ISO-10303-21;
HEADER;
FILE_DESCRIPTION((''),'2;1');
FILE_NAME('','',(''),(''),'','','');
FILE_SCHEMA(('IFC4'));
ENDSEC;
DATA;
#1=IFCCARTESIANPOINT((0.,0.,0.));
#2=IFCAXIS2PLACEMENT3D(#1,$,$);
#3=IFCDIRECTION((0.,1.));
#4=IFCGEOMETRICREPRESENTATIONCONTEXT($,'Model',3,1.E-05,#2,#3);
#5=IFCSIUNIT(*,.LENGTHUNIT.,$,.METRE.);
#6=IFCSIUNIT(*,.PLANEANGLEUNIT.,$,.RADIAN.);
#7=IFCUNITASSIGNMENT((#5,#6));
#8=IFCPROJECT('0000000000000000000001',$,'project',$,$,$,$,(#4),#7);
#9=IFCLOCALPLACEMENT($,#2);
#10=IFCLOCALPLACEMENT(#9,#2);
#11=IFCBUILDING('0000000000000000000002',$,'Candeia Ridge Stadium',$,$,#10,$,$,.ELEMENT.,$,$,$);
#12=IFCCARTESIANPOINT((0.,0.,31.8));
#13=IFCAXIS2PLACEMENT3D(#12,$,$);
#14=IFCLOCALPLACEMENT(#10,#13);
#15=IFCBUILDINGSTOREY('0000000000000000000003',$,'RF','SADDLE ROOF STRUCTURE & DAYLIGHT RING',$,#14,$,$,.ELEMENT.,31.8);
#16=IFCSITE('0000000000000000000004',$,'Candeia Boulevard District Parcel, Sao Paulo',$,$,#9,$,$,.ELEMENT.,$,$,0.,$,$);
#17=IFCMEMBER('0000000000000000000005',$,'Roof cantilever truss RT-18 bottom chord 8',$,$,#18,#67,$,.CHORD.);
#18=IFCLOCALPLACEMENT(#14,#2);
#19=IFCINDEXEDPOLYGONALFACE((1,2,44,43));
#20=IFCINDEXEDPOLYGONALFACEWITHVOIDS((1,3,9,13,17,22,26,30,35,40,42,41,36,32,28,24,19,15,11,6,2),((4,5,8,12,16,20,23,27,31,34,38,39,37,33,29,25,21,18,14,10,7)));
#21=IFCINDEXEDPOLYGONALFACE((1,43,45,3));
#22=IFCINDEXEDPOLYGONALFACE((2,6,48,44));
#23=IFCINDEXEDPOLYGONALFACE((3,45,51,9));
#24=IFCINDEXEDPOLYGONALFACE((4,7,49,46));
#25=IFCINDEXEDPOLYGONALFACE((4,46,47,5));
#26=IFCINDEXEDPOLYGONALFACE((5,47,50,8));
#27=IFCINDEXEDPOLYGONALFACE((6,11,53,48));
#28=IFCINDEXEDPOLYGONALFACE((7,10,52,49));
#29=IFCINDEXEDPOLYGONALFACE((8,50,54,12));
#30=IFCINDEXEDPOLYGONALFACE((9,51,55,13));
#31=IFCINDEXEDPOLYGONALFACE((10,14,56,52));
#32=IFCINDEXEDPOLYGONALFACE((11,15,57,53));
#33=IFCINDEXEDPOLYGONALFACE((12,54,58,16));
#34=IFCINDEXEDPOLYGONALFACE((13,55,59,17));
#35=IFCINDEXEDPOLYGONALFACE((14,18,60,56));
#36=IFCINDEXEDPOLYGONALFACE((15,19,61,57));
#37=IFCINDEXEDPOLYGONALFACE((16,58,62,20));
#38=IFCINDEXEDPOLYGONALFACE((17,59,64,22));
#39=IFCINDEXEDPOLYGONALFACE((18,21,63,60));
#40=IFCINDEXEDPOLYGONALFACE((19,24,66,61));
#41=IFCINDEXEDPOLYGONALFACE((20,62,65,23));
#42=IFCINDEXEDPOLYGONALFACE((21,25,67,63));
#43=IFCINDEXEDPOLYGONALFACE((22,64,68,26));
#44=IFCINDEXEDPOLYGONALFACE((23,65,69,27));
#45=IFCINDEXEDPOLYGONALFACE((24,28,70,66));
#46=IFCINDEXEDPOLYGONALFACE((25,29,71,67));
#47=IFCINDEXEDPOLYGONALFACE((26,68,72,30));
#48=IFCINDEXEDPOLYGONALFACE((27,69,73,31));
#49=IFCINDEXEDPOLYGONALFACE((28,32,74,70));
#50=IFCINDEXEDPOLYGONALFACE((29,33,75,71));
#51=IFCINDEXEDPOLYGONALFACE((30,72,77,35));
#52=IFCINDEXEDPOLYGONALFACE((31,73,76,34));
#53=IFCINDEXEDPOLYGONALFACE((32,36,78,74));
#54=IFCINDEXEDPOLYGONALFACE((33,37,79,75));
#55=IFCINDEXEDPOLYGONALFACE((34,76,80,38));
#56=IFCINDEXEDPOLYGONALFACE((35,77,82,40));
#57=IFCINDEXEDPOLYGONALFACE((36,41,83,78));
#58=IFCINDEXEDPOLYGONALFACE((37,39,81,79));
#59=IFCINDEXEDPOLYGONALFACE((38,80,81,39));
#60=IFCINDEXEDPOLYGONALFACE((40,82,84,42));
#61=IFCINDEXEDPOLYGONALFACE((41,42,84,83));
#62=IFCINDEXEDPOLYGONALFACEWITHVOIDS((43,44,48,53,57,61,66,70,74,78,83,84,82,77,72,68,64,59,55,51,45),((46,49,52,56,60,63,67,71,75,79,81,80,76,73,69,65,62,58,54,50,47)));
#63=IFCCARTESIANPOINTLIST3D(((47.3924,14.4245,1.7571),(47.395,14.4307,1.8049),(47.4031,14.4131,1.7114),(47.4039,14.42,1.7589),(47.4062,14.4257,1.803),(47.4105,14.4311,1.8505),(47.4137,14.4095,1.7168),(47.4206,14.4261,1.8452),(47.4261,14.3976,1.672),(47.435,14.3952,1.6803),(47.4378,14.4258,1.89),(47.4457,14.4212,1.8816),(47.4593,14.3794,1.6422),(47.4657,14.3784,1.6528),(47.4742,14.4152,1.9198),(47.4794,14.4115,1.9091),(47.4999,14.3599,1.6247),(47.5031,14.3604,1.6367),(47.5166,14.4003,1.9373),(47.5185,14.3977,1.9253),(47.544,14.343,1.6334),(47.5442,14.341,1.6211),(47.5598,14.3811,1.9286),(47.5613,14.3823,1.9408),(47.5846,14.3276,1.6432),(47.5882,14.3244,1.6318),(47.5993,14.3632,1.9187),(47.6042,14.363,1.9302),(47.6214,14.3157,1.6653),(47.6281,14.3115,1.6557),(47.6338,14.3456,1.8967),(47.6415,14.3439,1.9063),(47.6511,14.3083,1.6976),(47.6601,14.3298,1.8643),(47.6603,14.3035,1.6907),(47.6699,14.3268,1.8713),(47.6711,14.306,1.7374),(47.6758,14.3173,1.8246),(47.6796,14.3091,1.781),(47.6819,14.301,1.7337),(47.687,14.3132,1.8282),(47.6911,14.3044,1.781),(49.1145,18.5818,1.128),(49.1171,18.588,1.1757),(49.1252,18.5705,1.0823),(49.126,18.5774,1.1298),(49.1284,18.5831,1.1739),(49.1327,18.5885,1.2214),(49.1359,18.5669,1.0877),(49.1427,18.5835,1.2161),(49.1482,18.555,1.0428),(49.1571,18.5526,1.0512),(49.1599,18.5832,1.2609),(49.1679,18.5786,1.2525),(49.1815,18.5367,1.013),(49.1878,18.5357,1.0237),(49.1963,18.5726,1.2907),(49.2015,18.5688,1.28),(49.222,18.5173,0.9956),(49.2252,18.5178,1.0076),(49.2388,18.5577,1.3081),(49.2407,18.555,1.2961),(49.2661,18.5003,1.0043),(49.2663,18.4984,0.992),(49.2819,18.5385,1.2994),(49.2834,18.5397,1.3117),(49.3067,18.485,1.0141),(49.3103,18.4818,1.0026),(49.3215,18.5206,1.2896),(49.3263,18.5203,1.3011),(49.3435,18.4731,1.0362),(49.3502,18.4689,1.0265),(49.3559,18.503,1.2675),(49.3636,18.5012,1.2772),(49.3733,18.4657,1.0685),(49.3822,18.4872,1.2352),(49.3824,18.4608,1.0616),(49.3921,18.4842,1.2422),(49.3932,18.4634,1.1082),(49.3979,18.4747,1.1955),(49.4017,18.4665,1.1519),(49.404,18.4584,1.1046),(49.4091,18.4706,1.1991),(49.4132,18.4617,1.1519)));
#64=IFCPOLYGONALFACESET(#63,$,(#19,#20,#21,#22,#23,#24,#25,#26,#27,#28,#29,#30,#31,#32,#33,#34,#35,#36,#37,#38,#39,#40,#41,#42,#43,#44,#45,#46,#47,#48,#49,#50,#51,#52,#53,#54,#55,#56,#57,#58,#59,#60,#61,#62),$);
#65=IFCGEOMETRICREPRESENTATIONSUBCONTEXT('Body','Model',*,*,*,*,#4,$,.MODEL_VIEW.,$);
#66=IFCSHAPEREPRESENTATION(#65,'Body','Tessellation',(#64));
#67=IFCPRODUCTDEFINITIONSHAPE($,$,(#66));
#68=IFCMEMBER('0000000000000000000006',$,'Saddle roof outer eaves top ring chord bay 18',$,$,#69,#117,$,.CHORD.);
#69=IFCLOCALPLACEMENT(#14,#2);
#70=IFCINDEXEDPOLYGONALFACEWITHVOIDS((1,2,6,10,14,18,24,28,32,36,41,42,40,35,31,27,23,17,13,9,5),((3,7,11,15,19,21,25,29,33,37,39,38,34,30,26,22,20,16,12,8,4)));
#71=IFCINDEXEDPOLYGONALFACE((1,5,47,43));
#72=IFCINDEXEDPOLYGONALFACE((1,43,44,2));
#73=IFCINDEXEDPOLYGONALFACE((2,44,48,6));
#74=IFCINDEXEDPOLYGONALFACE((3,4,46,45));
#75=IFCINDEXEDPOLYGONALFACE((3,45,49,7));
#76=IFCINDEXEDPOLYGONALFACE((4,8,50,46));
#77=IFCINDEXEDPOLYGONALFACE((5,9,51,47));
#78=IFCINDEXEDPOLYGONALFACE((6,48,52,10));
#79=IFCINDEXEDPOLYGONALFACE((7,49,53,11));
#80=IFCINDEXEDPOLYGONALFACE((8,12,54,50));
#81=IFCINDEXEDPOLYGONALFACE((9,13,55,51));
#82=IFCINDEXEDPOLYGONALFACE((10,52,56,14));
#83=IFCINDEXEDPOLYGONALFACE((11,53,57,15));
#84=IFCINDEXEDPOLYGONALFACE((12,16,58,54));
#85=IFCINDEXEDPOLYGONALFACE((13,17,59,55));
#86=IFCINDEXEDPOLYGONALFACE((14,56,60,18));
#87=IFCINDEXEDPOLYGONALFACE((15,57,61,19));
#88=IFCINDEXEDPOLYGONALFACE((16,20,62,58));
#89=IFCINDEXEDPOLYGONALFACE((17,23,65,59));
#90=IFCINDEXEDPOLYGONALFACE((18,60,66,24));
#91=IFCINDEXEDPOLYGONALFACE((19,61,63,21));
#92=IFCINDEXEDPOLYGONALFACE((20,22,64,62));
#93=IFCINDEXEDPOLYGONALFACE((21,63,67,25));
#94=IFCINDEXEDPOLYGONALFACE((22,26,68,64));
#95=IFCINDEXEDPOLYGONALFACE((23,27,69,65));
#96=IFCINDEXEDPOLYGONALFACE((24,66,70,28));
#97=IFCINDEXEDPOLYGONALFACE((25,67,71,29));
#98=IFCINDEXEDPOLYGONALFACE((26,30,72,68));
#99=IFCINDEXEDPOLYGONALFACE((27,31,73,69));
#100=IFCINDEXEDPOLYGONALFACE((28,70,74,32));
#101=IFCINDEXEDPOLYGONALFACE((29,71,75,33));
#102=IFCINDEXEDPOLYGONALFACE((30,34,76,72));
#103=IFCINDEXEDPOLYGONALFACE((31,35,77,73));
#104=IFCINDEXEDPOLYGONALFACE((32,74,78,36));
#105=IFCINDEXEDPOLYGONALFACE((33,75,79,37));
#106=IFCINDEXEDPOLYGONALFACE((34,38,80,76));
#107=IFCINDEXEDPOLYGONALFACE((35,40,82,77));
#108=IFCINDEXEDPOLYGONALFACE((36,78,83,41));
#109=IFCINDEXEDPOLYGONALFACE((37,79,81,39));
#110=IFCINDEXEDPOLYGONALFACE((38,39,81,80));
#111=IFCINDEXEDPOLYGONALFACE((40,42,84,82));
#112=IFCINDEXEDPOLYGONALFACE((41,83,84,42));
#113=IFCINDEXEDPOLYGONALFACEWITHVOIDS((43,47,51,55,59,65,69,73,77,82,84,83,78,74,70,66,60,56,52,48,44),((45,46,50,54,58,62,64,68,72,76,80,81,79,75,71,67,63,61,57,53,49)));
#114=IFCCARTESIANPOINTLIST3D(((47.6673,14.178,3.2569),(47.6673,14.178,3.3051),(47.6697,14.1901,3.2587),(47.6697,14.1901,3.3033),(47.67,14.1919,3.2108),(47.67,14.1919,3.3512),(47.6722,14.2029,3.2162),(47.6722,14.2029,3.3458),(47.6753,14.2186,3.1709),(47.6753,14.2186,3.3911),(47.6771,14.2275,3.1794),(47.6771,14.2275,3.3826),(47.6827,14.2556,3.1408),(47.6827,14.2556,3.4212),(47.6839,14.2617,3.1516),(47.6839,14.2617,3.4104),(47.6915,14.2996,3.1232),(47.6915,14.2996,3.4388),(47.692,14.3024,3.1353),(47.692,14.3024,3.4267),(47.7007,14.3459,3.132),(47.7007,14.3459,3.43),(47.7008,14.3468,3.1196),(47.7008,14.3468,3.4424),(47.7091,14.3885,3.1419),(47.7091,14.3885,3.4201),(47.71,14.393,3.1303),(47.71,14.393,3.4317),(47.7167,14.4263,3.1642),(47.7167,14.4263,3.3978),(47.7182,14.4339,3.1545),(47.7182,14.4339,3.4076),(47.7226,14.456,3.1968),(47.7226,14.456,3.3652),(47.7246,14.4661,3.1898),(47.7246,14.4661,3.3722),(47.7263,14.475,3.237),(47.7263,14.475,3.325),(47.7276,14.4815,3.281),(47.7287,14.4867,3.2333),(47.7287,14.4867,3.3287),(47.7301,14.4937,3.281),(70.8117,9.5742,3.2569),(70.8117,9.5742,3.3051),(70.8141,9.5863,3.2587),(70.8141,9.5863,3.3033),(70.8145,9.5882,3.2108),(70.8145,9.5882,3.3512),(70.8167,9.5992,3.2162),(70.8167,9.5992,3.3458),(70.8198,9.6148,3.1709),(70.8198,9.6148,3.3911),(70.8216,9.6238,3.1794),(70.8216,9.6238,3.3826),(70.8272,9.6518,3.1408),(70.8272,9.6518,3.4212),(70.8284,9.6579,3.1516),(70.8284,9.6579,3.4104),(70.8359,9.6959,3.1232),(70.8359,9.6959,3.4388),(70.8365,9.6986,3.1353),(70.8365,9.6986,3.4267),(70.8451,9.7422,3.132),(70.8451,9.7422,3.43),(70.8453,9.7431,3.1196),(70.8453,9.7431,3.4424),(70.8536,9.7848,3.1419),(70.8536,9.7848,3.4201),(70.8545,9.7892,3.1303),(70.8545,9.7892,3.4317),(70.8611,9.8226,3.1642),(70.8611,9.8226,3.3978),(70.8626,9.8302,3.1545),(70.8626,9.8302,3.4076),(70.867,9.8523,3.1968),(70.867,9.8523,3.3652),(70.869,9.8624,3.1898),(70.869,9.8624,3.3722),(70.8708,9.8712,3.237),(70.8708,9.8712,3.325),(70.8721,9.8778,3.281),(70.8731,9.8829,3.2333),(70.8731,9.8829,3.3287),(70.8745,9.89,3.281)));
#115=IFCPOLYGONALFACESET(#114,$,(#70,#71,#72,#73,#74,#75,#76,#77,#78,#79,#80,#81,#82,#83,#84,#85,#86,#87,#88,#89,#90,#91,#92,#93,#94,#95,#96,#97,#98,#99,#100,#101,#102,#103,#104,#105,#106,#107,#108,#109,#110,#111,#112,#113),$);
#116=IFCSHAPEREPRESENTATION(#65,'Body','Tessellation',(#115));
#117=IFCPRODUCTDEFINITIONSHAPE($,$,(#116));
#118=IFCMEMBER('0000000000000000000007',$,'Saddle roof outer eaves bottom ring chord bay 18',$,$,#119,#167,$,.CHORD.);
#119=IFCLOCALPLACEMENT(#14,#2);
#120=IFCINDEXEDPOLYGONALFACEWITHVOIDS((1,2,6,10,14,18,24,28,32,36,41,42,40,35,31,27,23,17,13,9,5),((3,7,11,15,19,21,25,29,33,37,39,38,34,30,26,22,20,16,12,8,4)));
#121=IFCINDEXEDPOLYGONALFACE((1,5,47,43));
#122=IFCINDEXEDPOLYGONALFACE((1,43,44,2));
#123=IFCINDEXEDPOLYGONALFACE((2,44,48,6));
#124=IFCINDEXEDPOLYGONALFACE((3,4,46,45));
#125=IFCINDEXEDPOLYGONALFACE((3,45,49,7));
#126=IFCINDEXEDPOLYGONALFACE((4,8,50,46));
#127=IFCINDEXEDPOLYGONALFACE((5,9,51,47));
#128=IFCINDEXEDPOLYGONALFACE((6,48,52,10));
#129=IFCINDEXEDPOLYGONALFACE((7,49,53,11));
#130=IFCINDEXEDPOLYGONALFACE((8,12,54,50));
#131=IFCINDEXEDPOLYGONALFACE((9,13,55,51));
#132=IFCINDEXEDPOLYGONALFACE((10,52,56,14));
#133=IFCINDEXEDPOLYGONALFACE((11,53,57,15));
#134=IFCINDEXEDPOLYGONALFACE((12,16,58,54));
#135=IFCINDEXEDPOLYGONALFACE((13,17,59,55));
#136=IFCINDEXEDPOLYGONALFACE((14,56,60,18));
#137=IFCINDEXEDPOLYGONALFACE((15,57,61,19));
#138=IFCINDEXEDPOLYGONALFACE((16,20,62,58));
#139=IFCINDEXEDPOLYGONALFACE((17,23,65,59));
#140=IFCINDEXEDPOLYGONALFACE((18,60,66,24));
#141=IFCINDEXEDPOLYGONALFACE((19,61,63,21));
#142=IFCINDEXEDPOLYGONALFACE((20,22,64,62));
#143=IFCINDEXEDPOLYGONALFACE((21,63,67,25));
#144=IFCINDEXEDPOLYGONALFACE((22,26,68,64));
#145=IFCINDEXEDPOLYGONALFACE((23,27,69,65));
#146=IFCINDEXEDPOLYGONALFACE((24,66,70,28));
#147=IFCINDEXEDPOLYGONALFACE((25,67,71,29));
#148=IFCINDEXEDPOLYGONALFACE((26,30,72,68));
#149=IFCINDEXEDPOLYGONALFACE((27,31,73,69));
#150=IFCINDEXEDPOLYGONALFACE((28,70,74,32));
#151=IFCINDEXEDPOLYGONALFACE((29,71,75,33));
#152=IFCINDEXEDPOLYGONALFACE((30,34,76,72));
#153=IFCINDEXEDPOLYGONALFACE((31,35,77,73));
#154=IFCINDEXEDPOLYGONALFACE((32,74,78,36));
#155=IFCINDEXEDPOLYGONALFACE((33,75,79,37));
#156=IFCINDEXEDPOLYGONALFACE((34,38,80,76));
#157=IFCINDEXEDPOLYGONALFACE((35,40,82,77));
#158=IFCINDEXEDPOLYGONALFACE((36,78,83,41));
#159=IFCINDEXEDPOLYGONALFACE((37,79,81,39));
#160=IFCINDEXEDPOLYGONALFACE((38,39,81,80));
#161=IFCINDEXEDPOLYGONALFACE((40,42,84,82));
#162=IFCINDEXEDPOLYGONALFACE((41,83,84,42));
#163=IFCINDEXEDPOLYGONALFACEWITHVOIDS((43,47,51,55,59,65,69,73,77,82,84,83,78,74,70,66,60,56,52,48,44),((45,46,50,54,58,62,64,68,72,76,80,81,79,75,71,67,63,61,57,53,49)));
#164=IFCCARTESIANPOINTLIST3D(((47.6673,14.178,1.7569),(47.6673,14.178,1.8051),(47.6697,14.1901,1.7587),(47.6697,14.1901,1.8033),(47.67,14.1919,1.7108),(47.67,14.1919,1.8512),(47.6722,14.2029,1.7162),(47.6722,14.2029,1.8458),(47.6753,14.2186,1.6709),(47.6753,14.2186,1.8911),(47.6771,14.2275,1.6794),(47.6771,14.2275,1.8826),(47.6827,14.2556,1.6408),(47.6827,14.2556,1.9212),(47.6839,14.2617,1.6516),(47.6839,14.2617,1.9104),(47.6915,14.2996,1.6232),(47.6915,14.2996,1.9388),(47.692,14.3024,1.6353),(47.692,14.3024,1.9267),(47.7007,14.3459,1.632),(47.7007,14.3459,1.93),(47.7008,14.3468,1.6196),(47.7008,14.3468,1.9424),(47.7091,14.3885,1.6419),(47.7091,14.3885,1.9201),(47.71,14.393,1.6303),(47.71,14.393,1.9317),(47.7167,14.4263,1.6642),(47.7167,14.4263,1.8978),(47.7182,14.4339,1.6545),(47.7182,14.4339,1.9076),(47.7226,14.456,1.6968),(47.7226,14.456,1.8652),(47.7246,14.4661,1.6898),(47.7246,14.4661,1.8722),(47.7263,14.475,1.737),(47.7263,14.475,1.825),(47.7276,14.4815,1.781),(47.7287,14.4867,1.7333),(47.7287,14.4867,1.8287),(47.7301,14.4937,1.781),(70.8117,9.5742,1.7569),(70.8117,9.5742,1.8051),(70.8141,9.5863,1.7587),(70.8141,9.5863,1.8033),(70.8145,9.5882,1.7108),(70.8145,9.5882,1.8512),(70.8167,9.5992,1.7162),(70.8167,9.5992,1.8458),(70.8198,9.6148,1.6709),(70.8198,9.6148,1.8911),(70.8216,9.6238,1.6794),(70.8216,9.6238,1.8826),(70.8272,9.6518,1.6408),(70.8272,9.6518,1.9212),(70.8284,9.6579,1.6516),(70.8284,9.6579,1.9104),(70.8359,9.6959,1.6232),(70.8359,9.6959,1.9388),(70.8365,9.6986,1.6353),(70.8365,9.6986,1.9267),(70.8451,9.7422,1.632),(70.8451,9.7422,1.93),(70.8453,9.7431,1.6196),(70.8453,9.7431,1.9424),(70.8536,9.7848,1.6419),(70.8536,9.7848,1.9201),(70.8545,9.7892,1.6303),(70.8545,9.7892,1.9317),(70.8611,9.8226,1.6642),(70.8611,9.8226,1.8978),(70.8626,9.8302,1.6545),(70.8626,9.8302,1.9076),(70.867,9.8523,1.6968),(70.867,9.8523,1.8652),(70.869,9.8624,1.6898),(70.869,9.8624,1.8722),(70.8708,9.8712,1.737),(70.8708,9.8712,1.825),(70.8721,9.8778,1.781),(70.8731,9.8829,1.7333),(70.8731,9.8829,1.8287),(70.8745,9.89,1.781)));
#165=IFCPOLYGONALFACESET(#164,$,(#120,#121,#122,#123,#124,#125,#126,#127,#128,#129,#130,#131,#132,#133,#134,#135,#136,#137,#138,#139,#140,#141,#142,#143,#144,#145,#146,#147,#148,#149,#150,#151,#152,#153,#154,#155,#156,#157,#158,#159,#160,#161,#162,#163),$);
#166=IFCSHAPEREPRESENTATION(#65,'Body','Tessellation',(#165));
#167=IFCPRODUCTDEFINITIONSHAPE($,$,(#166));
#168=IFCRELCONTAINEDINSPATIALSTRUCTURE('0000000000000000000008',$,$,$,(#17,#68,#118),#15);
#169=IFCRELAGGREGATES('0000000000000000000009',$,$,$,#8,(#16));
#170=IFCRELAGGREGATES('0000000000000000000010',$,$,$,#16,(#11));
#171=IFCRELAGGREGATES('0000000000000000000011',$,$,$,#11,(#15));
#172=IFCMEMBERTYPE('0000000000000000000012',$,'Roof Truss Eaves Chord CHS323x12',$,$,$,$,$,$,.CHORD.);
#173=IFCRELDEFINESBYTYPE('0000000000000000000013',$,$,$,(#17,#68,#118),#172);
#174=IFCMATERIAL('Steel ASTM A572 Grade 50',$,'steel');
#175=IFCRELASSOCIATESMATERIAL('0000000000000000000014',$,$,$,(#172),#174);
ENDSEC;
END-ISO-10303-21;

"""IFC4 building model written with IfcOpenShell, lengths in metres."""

from ifc_helpers import new_model, si_unit, direction, frame, origin, origin_2d, place, context, subcontext, project, spatial, hollow_circle, extrude, material, material_profile, profile_set, type_object, element, save


model = new_model("IFC4")

# Units and contexts
model_context = context("Model", 3, precision=1e-05, world=origin(), true_north=direction((0.0, 1.0)))
body_context = subcontext(model_context, "Body", "Model", "MODEL_VIEW")
ifc_project = project(units=[si_unit("LENGTHUNIT", "METRE"), si_unit("PLANEANGLEUNIT", "RADIAN")], contexts=[model_context])

# Site, building, storey
site_placement = place(None, origin())
site = spatial("IfcSite", under=ifc_project, at=site_placement, Name="Candeia Boulevard District Parcel, Sao Paulo", CompositionType="ELEMENT", RefElevation=0.0)
building_placement = place(site_placement, origin())
building = spatial("IfcBuilding", under=site, at=building_placement, Name="Candeia Ridge Stadium", CompositionType="ELEMENT")
storey_placement = place(building_placement, frame((0.0, 0.0, 31.8)))
storey = spatial("IfcBuildingStorey", under=building, at=storey_placement, Name="RF", Description="SADDLE ROOF STRUCTURE & DAYLIGHT RING", CompositionType="ELEMENT", Elevation=31.8)

# Shared definitions
ifc_material_1 = material(Name="Steel ASTM A572 Grade 50", Category="steel")

# Members
ifc_material_profile_1 = material_profile(ifc_material_1, hollow_circle(Radius=0.1619, WallThickness=0.0125, at=origin_2d()), Name="CHS323x12", Category="steel")
ifc_profile_set_1 = profile_set([ifc_material_profile_1], Name="Steel ASTM A572 Grade 50")
member_type_1 = type_object("IfcMemberType", Name="Roof Truss Eaves Chord CHS323x12", PredefinedType="CHORD", material=ifc_profile_set_1)
member_1_placement = place(storey_placement, frame((49.2637, 18.5237, 1.1519), z_axis=(-0.379014, -0.914974, 0.138463), x_axis=(0.923873, -0.3827, 0.0)))
element("IfcMember", 1, at=member_1_placement, inside=storey, type_object=member_type_1, Name="Roof cantilever truss RT-18 bottom chord 8", PredefinedType="CHORD", context=body_context, shape_type="SweptSolid", body=[
    extrude(hollow_circle(Radius=0.1619, WallThickness=0.0125, at=origin_2d()), origin(), (0.0, 0.0, 1.0), 4.5437),
])
for number, where, z_axis, x_axis, name in (
    (2, (47.6985, 14.335, 3.281), (0.980785, -0.195091, 0.0), (0.195091, 0.980785, 0.0), "Saddle roof outer eaves top ring chord bay 18"),
    (3, (47.6985, 14.335, 1.781), (0.980785, -0.195091, 0.0), (0.195091, 0.980785, 0.0), "Saddle roof outer eaves bottom ring chord bay 18"),
):
    element("IfcMember", number, at=place(storey_placement, frame(where, z_axis=z_axis, x_axis=x_axis)), inside=storey, type_object=member_type_1, Name=name, PredefinedType="CHORD", context=body_context, shape_type="SweptSolid", body=[
        extrude(hollow_circle(Radius=0.1619, WallThickness=0.0125, at=origin_2d()), origin(), (0.0, 0.0, 1.0), 23.5979),
    ])

save(model, "model.ifc")
